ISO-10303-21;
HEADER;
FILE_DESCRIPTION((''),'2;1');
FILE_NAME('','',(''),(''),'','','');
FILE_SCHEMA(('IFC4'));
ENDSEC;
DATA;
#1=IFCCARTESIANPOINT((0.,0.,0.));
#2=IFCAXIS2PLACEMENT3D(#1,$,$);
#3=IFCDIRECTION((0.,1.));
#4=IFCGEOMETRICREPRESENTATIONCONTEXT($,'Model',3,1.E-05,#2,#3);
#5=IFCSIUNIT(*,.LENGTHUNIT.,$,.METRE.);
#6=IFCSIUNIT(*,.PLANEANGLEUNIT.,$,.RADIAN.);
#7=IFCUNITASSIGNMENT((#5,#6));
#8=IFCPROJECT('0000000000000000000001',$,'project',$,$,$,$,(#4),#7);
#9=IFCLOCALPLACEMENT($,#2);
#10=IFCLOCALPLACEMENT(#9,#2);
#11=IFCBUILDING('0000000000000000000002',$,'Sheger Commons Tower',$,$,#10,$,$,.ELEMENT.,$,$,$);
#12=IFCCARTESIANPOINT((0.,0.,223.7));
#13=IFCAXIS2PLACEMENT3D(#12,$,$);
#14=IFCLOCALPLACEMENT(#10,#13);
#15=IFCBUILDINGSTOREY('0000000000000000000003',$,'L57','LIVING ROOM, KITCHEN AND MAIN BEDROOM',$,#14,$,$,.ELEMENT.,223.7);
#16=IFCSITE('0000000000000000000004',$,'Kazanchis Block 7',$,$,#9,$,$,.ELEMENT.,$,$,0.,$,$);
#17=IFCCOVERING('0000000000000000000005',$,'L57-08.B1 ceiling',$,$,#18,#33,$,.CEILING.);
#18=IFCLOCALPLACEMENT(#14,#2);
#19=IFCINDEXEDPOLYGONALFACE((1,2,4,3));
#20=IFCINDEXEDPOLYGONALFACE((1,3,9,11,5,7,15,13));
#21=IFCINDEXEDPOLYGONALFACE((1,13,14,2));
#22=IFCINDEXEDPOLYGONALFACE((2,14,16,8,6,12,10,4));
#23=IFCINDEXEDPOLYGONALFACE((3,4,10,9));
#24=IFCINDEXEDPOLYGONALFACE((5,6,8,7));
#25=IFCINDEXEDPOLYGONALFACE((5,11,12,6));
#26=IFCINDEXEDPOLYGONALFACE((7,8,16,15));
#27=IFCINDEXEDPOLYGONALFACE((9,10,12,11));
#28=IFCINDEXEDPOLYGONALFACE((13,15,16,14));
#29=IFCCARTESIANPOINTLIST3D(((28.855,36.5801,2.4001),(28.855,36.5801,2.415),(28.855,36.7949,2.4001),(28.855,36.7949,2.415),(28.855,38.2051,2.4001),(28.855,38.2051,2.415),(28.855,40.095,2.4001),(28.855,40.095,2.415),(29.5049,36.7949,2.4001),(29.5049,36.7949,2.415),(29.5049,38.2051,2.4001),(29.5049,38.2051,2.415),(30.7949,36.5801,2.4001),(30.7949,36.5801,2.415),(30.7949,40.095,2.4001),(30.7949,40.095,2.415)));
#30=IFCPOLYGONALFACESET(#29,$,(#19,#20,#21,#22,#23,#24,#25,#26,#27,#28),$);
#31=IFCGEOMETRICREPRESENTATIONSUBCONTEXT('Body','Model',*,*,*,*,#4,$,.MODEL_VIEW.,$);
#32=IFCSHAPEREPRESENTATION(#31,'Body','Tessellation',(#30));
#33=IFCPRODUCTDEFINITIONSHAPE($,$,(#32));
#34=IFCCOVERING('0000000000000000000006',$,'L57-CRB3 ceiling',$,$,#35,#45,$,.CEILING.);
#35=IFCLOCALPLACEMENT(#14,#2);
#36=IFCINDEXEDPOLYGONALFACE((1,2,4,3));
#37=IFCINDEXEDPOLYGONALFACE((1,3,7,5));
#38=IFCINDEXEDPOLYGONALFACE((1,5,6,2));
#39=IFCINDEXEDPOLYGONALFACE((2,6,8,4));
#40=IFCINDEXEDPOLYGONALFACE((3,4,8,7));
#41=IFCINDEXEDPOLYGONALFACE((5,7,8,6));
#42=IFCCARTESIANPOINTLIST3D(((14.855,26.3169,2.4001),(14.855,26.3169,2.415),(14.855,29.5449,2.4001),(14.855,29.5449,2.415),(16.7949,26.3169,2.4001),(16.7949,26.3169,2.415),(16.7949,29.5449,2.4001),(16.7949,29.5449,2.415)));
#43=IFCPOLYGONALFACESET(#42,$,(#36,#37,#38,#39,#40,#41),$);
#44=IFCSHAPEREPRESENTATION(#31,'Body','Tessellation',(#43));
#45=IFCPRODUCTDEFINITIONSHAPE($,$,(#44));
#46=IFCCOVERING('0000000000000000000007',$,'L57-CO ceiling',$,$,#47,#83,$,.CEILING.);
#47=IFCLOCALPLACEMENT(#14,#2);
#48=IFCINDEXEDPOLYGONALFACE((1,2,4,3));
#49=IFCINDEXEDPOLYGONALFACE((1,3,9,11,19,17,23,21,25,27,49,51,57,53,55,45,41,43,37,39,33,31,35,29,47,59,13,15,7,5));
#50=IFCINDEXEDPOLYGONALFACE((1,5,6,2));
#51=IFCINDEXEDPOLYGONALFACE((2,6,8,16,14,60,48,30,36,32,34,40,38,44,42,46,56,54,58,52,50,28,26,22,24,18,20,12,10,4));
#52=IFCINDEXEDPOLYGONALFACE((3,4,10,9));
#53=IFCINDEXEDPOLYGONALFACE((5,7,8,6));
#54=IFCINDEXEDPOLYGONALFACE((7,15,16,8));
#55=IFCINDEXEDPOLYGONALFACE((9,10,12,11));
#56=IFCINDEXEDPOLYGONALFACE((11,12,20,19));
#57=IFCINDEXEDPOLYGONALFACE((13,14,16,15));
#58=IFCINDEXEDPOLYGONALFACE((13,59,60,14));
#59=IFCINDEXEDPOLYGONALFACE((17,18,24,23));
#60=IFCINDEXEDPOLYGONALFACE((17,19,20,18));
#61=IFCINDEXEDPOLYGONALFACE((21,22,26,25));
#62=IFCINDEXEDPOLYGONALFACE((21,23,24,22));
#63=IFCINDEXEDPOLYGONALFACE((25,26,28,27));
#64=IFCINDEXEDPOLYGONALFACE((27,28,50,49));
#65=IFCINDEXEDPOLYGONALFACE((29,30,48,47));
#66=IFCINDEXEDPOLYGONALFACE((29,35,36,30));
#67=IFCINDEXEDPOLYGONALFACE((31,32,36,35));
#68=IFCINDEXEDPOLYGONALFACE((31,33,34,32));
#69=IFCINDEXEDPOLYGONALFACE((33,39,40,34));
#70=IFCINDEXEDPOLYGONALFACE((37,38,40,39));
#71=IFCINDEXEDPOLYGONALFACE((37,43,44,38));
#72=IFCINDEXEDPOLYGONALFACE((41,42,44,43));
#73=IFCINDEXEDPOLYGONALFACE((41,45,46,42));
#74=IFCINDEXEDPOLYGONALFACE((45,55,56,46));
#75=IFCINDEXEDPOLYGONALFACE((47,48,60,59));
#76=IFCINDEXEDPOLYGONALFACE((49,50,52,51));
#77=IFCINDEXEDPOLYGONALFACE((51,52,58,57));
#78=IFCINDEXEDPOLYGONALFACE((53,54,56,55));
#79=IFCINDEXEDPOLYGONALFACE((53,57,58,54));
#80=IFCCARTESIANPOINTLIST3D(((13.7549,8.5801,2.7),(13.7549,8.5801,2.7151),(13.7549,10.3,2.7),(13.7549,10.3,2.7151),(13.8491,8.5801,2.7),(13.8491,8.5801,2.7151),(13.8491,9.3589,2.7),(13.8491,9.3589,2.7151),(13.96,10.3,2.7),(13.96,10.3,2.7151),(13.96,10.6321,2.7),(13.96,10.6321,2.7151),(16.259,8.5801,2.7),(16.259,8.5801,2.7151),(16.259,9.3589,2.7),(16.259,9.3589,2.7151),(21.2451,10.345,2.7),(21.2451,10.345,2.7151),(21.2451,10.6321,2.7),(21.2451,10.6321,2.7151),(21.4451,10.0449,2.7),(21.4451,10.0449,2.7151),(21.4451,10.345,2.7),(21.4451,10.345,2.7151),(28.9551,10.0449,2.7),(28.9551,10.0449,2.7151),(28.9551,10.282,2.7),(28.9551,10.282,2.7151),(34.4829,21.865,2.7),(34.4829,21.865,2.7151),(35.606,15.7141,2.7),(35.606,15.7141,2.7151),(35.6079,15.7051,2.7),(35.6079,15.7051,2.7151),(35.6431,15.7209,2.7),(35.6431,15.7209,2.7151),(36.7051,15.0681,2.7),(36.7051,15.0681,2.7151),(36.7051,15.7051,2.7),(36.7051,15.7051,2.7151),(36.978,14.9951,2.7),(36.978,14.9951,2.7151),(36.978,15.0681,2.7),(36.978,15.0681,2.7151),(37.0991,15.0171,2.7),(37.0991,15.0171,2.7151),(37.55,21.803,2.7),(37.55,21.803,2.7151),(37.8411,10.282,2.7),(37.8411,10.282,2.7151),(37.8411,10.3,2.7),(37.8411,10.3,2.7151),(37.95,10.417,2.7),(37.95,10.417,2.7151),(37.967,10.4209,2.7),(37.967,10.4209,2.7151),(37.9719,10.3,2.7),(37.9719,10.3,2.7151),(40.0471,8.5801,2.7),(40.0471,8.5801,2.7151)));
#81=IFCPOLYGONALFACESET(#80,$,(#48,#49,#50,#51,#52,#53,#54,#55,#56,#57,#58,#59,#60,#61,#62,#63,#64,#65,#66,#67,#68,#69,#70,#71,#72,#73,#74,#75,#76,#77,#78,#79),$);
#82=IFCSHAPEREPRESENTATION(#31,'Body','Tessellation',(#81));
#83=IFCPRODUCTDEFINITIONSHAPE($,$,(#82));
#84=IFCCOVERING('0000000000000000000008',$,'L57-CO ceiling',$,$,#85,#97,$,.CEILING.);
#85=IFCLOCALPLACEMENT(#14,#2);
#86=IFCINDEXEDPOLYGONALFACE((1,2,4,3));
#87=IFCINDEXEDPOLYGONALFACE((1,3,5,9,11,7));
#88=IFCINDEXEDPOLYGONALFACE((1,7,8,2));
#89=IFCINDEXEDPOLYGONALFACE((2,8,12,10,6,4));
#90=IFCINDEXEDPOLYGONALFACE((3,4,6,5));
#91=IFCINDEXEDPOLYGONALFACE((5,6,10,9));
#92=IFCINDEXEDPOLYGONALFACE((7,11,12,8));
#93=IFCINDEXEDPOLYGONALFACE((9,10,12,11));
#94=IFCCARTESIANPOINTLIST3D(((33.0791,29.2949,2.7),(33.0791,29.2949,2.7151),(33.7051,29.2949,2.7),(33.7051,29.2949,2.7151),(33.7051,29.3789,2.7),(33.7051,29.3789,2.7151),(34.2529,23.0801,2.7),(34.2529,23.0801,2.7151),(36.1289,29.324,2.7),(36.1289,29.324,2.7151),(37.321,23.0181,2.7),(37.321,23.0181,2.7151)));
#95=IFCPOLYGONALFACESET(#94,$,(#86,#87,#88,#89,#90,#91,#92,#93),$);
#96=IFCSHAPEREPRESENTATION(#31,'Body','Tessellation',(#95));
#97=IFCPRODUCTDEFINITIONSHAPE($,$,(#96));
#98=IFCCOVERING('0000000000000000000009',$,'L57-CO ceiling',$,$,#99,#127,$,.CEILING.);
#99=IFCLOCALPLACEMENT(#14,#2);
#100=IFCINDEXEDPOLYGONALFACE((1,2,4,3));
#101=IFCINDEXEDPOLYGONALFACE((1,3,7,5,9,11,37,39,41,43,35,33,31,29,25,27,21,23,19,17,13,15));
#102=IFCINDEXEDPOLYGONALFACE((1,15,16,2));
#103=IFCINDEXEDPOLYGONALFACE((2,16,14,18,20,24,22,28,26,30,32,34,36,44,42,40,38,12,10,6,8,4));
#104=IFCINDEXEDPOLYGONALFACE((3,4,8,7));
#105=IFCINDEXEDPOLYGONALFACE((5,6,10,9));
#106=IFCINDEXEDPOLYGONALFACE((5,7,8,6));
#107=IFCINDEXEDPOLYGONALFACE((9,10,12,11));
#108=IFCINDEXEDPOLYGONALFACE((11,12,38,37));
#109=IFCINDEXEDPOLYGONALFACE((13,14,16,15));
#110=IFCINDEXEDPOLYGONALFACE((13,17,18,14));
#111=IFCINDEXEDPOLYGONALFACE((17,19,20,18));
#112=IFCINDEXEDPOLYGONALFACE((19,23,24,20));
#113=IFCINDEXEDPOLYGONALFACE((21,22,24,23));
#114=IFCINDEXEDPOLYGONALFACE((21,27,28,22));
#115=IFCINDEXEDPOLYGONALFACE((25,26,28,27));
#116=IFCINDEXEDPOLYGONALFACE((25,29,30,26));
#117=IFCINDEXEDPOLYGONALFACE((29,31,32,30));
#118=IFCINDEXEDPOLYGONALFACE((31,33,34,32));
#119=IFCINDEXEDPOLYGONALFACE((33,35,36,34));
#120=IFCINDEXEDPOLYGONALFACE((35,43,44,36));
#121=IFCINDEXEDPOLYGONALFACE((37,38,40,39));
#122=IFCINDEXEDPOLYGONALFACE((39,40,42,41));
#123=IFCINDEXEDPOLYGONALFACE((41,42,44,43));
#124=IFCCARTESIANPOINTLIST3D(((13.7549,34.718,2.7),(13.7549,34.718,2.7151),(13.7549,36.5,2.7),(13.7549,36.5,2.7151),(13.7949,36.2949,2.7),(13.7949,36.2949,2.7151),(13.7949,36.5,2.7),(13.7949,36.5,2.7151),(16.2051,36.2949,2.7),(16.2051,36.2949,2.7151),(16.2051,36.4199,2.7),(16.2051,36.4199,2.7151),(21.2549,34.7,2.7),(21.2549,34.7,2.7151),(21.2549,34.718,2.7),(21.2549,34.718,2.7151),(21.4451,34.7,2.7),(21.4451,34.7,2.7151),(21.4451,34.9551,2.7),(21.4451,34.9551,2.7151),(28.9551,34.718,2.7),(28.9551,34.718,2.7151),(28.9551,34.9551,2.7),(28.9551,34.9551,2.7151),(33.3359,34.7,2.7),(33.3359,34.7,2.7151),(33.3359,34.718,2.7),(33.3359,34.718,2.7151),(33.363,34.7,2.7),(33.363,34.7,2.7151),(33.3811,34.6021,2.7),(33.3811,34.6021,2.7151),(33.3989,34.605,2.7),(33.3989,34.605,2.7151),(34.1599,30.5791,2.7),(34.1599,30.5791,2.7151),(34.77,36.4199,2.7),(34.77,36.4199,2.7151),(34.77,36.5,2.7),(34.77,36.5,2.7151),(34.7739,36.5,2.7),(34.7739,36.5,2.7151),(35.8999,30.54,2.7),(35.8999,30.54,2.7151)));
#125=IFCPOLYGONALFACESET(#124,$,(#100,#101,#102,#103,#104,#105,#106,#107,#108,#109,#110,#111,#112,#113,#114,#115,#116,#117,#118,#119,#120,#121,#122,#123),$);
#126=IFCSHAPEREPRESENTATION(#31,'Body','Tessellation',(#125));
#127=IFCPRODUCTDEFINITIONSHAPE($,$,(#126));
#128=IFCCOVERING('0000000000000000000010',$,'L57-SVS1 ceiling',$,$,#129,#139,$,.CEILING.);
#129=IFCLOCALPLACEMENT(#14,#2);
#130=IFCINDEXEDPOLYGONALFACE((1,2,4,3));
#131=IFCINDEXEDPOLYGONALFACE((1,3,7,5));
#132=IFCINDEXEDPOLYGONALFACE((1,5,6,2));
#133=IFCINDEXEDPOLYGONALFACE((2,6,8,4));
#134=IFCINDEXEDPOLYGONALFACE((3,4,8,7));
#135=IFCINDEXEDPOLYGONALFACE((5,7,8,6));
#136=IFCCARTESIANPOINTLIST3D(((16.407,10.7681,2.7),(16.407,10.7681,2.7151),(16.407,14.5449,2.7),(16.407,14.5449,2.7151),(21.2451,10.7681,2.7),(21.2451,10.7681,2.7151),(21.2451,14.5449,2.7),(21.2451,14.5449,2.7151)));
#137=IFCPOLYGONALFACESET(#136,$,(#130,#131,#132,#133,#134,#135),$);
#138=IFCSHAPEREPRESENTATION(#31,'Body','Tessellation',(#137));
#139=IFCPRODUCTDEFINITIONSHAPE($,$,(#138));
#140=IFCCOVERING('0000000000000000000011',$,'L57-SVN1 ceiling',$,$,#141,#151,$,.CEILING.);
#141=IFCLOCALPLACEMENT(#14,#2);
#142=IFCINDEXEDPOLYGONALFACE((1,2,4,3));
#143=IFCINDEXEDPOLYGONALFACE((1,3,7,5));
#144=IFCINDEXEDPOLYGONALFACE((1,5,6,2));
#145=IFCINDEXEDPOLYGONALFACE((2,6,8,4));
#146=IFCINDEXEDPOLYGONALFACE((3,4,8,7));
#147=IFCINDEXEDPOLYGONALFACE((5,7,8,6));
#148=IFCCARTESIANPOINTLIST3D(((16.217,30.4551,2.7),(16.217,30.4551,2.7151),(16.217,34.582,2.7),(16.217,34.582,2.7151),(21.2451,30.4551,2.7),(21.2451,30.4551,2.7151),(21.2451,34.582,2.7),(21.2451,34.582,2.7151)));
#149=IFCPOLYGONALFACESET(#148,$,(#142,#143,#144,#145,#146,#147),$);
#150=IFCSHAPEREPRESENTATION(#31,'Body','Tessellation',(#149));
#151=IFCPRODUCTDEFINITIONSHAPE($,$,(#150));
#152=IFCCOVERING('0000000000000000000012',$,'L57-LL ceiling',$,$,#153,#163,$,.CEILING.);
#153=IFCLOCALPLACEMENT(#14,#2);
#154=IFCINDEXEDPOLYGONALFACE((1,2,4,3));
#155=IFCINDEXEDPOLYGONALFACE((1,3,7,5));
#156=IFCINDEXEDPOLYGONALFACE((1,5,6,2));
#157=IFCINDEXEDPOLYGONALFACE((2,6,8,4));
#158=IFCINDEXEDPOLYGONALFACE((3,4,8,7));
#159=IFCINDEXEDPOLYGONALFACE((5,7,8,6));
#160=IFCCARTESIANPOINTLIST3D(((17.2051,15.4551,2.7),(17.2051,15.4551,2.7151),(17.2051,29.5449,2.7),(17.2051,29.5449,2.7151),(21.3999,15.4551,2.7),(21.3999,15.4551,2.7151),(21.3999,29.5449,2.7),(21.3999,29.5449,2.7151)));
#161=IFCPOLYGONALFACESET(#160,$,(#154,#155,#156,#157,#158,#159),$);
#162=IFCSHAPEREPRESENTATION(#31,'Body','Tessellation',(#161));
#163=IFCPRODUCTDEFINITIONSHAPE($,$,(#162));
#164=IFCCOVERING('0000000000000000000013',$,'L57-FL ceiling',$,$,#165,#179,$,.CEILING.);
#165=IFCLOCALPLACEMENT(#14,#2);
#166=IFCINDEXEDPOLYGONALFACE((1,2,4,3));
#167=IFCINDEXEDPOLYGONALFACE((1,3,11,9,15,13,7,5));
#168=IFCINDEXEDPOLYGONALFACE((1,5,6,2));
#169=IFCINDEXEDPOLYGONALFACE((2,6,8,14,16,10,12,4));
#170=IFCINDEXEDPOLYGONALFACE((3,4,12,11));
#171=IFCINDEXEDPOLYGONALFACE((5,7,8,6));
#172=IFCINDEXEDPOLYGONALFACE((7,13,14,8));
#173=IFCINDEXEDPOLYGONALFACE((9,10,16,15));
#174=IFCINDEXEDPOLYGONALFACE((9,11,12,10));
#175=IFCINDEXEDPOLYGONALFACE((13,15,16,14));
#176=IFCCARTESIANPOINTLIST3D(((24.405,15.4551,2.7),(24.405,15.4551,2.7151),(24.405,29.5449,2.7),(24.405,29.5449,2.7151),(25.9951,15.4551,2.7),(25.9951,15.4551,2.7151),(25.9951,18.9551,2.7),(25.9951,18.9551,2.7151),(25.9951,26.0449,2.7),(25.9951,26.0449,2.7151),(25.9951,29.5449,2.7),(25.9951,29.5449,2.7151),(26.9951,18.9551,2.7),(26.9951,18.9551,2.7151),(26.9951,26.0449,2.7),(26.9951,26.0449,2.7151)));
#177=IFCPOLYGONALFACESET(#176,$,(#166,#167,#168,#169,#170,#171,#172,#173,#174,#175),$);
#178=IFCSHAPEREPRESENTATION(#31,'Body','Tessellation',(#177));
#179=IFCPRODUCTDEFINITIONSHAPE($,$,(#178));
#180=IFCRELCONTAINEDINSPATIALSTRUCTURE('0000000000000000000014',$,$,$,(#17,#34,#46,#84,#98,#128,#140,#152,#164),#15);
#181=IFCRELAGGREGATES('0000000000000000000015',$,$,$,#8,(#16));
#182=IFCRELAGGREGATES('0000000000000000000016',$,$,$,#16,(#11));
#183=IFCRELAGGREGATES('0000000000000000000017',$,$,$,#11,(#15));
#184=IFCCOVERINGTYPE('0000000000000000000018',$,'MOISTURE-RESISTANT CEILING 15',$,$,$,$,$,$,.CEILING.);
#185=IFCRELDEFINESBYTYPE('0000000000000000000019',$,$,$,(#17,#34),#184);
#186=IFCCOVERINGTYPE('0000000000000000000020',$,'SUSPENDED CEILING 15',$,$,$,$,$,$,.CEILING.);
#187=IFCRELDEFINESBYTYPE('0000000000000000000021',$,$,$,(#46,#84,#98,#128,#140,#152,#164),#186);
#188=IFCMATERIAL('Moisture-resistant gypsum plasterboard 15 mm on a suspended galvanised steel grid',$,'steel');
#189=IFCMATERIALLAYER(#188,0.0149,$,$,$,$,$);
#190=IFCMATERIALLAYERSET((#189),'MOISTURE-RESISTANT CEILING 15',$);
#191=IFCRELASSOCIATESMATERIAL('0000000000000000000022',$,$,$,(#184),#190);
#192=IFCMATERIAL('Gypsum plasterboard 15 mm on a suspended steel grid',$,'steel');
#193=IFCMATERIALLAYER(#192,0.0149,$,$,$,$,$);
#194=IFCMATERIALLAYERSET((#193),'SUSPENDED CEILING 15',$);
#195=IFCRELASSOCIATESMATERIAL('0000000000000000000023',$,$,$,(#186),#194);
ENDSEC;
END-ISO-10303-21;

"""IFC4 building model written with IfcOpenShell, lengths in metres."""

from ifc_helpers import new_model, si_unit, direction, frame, origin, place, context, subcontext, project, spatial, polyline, outline, extrude, material, layer, layer_set, type_object, element, save


model = new_model("IFC4")

# Units and contexts
model_context = context("Model", 3, precision=1e-05, world=origin(), true_north=direction((0.0, 1.0)))
body_context = subcontext(model_context, "Body", "Model", "MODEL_VIEW")
ifc_project = project(units=[si_unit("LENGTHUNIT", "METRE"), si_unit("PLANEANGLEUNIT", "RADIAN")], contexts=[model_context])

# Site, building, storey
site_placement = place(None, origin())
site = spatial("IfcSite", under=ifc_project, at=site_placement, Name="Kazanchis Block 7", CompositionType="ELEMENT", RefElevation=0.0)
building_placement = place(site_placement, origin())
building = spatial("IfcBuilding", under=site, at=building_placement, Name="Sheger Commons Tower", CompositionType="ELEMENT")
storey_placement = place(building_placement, frame((0.0, 0.0, 223.7)))
storey = spatial("IfcBuildingStorey", under=building, at=storey_placement, Name="L57", Description="LIVING ROOM, KITCHEN AND MAIN BEDROOM", CompositionType="ELEMENT", Elevation=223.7)

# Coverings
ifc_material_1 = material(Name="Moisture-resistant gypsum plasterboard 15 mm on a suspended galvanised steel grid", Category="steel")
ifc_layer_1 = layer(ifc_material_1, 0.0149)
ifc_layer_set_1 = layer_set([ifc_layer_1], Name="MOISTURE-RESISTANT CEILING 15")
covering_type_1 = type_object("IfcCoveringType", Name="MOISTURE-RESISTANT CEILING 15", PredefinedType="CEILING", material=ifc_layer_set_1)
covering_1_placement = place(storey_placement, frame((0.0, 0.0, 2.4001)))
element("IfcCovering", 1, at=covering_1_placement, inside=storey, type_object=covering_type_1, Name="L57-08.B1 ceiling", PredefinedType="CEILING", context=body_context, shape_type="SweptSolid", body=[
    extrude(outline(polyline([(28.855, 36.5801), (30.7949, 36.5801), (30.7949, 40.095), (28.855, 40.095), (28.855, 38.2051), (29.5049, 38.2051), (29.5049, 36.7949), (28.855, 36.7949), (28.855, 36.5801)])), origin(), (0.0, 0.0, 1.0), 0.0149),
])
covering_2_placement = place(storey_placement, frame((0.0, 0.0, 2.4001)))
element("IfcCovering", 2, at=covering_2_placement, inside=storey, type_object=covering_type_1, Name="L57-CRB3 ceiling", PredefinedType="CEILING", context=body_context, shape_type="SweptSolid", body=[
    extrude(outline(polyline([(14.855, 26.3169), (16.7949, 26.3169), (16.7949, 29.5449), (14.855, 29.5449), (14.855, 26.3169)])), origin(), (0.0, 0.0, 1.0), 0.0149),
])
ifc_material_2 = material(Name="Gypsum plasterboard 15 mm on a suspended steel grid", Category="steel")
ifc_layer_2 = layer(ifc_material_2, 0.0149)
ifc_layer_set_2 = layer_set([ifc_layer_2], Name="SUSPENDED CEILING 15")
covering_type_2 = type_object("IfcCoveringType", Name="SUSPENDED CEILING 15", PredefinedType="CEILING", material=ifc_layer_set_2)
covering_3_placement = place(storey_placement, frame((0.0, 0.0, 2.7)))
element("IfcCovering", 3, at=covering_3_placement, inside=storey, type_object=covering_type_2, Name="L57-CO ceiling", PredefinedType="CEILING", context=body_context, shape_type="SweptSolid", body=[
    extrude(outline(polyline([(13.7549, 8.5801), (13.8491, 8.5801), (13.8491, 9.3589), (16.259, 9.3589), (16.259, 8.5801), (40.0471, 8.5801), (37.55, 21.803), (34.4829, 21.865), (35.6431, 15.7209), (35.606, 15.7141), (35.6079, 15.7051), (36.7051, 15.7051), (36.7051, 15.0681), (36.978, 15.0681), (36.978, 14.9951), (37.0991, 15.0171), (37.967, 10.4209), (37.95, 10.417), (37.9719, 10.3), (37.8411, 10.3), (37.8411, 10.282), (28.9551, 10.282), (28.9551, 10.0449), (21.4451, 10.0449), (21.4451, 10.345), (21.2451, 10.345), (21.2451, 10.6321), (13.96, 10.6321), (13.96, 10.3), (13.7549, 10.3), (13.7549, 8.5801)])), origin(), (0.0, 0.0, 1.0), 0.0151),
])
covering_4_placement = place(storey_placement, frame((0.0, 0.0, 2.7)))
element("IfcCovering", 4, at=covering_4_placement, inside=storey, type_object=covering_type_2, Name="L57-CO ceiling", PredefinedType="CEILING", context=body_context, shape_type="SweptSolid", body=[
    extrude(outline(polyline([(37.321, 23.0181), (36.1289, 29.324), (33.7051, 29.3789), (33.7051, 29.2949), (33.0791, 29.2949), (34.2529, 23.0801), (37.321, 23.0181)])), origin(), (0.0, 0.0, 1.0), 0.0151),
])
covering_5_placement = place(storey_placement, frame((0.0, 0.0, 2.7)))
element("IfcCovering", 5, at=covering_5_placement, inside=storey, type_object=covering_type_2, Name="L57-CO ceiling", PredefinedType="CEILING", context=body_context, shape_type="SweptSolid", body=[
    extrude(outline(polyline([(35.8999, 30.54), (34.7739, 36.5), (34.77, 36.5), (34.77, 36.4199), (16.2051, 36.4199), (16.2051, 36.2949), (13.7949, 36.2949), (13.7949, 36.5), (13.7549, 36.5), (13.7549, 34.718), (21.2549, 34.718), (21.2549, 34.7), (21.4451, 34.7), (21.4451, 34.9551), (28.9551, 34.9551), (28.9551, 34.718), (33.3359, 34.718), (33.3359, 34.7), (33.363, 34.7), (33.3811, 34.6021), (33.3989, 34.605), (34.1599, 30.5791), (35.8999, 30.54)])), origin(), (0.0, 0.0, 1.0), 0.0151),
])
covering_6_placement = place(storey_placement, frame((0.0, 0.0, 2.7)))
element("IfcCovering", 6, at=covering_6_placement, inside=storey, type_object=covering_type_2, Name="L57-SVS1 ceiling", PredefinedType="CEILING", context=body_context, shape_type="SweptSolid", body=[
    extrude(outline(polyline([(16.407, 10.7681), (21.2451, 10.7681), (21.2451, 14.5449), (16.407, 14.5449), (16.407, 10.7681)])), origin(), (0.0, 0.0, 1.0), 0.0151),
])
covering_7_placement = place(storey_placement, frame((0.0, 0.0, 2.7)))
element("IfcCovering", 7, at=covering_7_placement, inside=storey, type_object=covering_type_2, Name="L57-SVN1 ceiling", PredefinedType="CEILING", context=body_context, shape_type="SweptSolid", body=[
    extrude(outline(polyline([(16.217, 30.4551), (21.2451, 30.4551), (21.2451, 34.582), (16.217, 34.582), (16.217, 30.4551)])), origin(), (0.0, 0.0, 1.0), 0.0151),
])
covering_8_placement = place(storey_placement, frame((0.0, 0.0, 2.7)))
element("IfcCovering", 8, at=covering_8_placement, inside=storey, type_object=covering_type_2, Name="L57-LL ceiling", PredefinedType="CEILING", context=body_context, shape_type="SweptSolid", body=[
    extrude(outline(polyline([(17.2051, 15.4551), (21.3999, 15.4551), (21.3999, 29.5449), (17.2051, 29.5449), (17.2051, 15.4551)])), origin(), (0.0, 0.0, 1.0), 0.0151),
])
covering_9_placement = place(storey_placement, frame((0.0, 0.0, 2.7)))
element("IfcCovering", 9, at=covering_9_placement, inside=storey, type_object=covering_type_2, Name="L57-FL ceiling", PredefinedType="CEILING", context=body_context, shape_type="SweptSolid", body=[
    extrude(outline(polyline([(24.405, 15.4551), (25.9951, 15.4551), (25.9951, 18.9551), (26.9951, 18.9551), (26.9951, 26.0449), (25.9951, 26.0449), (25.9951, 29.5449), (24.405, 29.5449), (24.405, 15.4551)])), origin(), (0.0, 0.0, 1.0), 0.0151),
])

save(model, "model.ifc")
